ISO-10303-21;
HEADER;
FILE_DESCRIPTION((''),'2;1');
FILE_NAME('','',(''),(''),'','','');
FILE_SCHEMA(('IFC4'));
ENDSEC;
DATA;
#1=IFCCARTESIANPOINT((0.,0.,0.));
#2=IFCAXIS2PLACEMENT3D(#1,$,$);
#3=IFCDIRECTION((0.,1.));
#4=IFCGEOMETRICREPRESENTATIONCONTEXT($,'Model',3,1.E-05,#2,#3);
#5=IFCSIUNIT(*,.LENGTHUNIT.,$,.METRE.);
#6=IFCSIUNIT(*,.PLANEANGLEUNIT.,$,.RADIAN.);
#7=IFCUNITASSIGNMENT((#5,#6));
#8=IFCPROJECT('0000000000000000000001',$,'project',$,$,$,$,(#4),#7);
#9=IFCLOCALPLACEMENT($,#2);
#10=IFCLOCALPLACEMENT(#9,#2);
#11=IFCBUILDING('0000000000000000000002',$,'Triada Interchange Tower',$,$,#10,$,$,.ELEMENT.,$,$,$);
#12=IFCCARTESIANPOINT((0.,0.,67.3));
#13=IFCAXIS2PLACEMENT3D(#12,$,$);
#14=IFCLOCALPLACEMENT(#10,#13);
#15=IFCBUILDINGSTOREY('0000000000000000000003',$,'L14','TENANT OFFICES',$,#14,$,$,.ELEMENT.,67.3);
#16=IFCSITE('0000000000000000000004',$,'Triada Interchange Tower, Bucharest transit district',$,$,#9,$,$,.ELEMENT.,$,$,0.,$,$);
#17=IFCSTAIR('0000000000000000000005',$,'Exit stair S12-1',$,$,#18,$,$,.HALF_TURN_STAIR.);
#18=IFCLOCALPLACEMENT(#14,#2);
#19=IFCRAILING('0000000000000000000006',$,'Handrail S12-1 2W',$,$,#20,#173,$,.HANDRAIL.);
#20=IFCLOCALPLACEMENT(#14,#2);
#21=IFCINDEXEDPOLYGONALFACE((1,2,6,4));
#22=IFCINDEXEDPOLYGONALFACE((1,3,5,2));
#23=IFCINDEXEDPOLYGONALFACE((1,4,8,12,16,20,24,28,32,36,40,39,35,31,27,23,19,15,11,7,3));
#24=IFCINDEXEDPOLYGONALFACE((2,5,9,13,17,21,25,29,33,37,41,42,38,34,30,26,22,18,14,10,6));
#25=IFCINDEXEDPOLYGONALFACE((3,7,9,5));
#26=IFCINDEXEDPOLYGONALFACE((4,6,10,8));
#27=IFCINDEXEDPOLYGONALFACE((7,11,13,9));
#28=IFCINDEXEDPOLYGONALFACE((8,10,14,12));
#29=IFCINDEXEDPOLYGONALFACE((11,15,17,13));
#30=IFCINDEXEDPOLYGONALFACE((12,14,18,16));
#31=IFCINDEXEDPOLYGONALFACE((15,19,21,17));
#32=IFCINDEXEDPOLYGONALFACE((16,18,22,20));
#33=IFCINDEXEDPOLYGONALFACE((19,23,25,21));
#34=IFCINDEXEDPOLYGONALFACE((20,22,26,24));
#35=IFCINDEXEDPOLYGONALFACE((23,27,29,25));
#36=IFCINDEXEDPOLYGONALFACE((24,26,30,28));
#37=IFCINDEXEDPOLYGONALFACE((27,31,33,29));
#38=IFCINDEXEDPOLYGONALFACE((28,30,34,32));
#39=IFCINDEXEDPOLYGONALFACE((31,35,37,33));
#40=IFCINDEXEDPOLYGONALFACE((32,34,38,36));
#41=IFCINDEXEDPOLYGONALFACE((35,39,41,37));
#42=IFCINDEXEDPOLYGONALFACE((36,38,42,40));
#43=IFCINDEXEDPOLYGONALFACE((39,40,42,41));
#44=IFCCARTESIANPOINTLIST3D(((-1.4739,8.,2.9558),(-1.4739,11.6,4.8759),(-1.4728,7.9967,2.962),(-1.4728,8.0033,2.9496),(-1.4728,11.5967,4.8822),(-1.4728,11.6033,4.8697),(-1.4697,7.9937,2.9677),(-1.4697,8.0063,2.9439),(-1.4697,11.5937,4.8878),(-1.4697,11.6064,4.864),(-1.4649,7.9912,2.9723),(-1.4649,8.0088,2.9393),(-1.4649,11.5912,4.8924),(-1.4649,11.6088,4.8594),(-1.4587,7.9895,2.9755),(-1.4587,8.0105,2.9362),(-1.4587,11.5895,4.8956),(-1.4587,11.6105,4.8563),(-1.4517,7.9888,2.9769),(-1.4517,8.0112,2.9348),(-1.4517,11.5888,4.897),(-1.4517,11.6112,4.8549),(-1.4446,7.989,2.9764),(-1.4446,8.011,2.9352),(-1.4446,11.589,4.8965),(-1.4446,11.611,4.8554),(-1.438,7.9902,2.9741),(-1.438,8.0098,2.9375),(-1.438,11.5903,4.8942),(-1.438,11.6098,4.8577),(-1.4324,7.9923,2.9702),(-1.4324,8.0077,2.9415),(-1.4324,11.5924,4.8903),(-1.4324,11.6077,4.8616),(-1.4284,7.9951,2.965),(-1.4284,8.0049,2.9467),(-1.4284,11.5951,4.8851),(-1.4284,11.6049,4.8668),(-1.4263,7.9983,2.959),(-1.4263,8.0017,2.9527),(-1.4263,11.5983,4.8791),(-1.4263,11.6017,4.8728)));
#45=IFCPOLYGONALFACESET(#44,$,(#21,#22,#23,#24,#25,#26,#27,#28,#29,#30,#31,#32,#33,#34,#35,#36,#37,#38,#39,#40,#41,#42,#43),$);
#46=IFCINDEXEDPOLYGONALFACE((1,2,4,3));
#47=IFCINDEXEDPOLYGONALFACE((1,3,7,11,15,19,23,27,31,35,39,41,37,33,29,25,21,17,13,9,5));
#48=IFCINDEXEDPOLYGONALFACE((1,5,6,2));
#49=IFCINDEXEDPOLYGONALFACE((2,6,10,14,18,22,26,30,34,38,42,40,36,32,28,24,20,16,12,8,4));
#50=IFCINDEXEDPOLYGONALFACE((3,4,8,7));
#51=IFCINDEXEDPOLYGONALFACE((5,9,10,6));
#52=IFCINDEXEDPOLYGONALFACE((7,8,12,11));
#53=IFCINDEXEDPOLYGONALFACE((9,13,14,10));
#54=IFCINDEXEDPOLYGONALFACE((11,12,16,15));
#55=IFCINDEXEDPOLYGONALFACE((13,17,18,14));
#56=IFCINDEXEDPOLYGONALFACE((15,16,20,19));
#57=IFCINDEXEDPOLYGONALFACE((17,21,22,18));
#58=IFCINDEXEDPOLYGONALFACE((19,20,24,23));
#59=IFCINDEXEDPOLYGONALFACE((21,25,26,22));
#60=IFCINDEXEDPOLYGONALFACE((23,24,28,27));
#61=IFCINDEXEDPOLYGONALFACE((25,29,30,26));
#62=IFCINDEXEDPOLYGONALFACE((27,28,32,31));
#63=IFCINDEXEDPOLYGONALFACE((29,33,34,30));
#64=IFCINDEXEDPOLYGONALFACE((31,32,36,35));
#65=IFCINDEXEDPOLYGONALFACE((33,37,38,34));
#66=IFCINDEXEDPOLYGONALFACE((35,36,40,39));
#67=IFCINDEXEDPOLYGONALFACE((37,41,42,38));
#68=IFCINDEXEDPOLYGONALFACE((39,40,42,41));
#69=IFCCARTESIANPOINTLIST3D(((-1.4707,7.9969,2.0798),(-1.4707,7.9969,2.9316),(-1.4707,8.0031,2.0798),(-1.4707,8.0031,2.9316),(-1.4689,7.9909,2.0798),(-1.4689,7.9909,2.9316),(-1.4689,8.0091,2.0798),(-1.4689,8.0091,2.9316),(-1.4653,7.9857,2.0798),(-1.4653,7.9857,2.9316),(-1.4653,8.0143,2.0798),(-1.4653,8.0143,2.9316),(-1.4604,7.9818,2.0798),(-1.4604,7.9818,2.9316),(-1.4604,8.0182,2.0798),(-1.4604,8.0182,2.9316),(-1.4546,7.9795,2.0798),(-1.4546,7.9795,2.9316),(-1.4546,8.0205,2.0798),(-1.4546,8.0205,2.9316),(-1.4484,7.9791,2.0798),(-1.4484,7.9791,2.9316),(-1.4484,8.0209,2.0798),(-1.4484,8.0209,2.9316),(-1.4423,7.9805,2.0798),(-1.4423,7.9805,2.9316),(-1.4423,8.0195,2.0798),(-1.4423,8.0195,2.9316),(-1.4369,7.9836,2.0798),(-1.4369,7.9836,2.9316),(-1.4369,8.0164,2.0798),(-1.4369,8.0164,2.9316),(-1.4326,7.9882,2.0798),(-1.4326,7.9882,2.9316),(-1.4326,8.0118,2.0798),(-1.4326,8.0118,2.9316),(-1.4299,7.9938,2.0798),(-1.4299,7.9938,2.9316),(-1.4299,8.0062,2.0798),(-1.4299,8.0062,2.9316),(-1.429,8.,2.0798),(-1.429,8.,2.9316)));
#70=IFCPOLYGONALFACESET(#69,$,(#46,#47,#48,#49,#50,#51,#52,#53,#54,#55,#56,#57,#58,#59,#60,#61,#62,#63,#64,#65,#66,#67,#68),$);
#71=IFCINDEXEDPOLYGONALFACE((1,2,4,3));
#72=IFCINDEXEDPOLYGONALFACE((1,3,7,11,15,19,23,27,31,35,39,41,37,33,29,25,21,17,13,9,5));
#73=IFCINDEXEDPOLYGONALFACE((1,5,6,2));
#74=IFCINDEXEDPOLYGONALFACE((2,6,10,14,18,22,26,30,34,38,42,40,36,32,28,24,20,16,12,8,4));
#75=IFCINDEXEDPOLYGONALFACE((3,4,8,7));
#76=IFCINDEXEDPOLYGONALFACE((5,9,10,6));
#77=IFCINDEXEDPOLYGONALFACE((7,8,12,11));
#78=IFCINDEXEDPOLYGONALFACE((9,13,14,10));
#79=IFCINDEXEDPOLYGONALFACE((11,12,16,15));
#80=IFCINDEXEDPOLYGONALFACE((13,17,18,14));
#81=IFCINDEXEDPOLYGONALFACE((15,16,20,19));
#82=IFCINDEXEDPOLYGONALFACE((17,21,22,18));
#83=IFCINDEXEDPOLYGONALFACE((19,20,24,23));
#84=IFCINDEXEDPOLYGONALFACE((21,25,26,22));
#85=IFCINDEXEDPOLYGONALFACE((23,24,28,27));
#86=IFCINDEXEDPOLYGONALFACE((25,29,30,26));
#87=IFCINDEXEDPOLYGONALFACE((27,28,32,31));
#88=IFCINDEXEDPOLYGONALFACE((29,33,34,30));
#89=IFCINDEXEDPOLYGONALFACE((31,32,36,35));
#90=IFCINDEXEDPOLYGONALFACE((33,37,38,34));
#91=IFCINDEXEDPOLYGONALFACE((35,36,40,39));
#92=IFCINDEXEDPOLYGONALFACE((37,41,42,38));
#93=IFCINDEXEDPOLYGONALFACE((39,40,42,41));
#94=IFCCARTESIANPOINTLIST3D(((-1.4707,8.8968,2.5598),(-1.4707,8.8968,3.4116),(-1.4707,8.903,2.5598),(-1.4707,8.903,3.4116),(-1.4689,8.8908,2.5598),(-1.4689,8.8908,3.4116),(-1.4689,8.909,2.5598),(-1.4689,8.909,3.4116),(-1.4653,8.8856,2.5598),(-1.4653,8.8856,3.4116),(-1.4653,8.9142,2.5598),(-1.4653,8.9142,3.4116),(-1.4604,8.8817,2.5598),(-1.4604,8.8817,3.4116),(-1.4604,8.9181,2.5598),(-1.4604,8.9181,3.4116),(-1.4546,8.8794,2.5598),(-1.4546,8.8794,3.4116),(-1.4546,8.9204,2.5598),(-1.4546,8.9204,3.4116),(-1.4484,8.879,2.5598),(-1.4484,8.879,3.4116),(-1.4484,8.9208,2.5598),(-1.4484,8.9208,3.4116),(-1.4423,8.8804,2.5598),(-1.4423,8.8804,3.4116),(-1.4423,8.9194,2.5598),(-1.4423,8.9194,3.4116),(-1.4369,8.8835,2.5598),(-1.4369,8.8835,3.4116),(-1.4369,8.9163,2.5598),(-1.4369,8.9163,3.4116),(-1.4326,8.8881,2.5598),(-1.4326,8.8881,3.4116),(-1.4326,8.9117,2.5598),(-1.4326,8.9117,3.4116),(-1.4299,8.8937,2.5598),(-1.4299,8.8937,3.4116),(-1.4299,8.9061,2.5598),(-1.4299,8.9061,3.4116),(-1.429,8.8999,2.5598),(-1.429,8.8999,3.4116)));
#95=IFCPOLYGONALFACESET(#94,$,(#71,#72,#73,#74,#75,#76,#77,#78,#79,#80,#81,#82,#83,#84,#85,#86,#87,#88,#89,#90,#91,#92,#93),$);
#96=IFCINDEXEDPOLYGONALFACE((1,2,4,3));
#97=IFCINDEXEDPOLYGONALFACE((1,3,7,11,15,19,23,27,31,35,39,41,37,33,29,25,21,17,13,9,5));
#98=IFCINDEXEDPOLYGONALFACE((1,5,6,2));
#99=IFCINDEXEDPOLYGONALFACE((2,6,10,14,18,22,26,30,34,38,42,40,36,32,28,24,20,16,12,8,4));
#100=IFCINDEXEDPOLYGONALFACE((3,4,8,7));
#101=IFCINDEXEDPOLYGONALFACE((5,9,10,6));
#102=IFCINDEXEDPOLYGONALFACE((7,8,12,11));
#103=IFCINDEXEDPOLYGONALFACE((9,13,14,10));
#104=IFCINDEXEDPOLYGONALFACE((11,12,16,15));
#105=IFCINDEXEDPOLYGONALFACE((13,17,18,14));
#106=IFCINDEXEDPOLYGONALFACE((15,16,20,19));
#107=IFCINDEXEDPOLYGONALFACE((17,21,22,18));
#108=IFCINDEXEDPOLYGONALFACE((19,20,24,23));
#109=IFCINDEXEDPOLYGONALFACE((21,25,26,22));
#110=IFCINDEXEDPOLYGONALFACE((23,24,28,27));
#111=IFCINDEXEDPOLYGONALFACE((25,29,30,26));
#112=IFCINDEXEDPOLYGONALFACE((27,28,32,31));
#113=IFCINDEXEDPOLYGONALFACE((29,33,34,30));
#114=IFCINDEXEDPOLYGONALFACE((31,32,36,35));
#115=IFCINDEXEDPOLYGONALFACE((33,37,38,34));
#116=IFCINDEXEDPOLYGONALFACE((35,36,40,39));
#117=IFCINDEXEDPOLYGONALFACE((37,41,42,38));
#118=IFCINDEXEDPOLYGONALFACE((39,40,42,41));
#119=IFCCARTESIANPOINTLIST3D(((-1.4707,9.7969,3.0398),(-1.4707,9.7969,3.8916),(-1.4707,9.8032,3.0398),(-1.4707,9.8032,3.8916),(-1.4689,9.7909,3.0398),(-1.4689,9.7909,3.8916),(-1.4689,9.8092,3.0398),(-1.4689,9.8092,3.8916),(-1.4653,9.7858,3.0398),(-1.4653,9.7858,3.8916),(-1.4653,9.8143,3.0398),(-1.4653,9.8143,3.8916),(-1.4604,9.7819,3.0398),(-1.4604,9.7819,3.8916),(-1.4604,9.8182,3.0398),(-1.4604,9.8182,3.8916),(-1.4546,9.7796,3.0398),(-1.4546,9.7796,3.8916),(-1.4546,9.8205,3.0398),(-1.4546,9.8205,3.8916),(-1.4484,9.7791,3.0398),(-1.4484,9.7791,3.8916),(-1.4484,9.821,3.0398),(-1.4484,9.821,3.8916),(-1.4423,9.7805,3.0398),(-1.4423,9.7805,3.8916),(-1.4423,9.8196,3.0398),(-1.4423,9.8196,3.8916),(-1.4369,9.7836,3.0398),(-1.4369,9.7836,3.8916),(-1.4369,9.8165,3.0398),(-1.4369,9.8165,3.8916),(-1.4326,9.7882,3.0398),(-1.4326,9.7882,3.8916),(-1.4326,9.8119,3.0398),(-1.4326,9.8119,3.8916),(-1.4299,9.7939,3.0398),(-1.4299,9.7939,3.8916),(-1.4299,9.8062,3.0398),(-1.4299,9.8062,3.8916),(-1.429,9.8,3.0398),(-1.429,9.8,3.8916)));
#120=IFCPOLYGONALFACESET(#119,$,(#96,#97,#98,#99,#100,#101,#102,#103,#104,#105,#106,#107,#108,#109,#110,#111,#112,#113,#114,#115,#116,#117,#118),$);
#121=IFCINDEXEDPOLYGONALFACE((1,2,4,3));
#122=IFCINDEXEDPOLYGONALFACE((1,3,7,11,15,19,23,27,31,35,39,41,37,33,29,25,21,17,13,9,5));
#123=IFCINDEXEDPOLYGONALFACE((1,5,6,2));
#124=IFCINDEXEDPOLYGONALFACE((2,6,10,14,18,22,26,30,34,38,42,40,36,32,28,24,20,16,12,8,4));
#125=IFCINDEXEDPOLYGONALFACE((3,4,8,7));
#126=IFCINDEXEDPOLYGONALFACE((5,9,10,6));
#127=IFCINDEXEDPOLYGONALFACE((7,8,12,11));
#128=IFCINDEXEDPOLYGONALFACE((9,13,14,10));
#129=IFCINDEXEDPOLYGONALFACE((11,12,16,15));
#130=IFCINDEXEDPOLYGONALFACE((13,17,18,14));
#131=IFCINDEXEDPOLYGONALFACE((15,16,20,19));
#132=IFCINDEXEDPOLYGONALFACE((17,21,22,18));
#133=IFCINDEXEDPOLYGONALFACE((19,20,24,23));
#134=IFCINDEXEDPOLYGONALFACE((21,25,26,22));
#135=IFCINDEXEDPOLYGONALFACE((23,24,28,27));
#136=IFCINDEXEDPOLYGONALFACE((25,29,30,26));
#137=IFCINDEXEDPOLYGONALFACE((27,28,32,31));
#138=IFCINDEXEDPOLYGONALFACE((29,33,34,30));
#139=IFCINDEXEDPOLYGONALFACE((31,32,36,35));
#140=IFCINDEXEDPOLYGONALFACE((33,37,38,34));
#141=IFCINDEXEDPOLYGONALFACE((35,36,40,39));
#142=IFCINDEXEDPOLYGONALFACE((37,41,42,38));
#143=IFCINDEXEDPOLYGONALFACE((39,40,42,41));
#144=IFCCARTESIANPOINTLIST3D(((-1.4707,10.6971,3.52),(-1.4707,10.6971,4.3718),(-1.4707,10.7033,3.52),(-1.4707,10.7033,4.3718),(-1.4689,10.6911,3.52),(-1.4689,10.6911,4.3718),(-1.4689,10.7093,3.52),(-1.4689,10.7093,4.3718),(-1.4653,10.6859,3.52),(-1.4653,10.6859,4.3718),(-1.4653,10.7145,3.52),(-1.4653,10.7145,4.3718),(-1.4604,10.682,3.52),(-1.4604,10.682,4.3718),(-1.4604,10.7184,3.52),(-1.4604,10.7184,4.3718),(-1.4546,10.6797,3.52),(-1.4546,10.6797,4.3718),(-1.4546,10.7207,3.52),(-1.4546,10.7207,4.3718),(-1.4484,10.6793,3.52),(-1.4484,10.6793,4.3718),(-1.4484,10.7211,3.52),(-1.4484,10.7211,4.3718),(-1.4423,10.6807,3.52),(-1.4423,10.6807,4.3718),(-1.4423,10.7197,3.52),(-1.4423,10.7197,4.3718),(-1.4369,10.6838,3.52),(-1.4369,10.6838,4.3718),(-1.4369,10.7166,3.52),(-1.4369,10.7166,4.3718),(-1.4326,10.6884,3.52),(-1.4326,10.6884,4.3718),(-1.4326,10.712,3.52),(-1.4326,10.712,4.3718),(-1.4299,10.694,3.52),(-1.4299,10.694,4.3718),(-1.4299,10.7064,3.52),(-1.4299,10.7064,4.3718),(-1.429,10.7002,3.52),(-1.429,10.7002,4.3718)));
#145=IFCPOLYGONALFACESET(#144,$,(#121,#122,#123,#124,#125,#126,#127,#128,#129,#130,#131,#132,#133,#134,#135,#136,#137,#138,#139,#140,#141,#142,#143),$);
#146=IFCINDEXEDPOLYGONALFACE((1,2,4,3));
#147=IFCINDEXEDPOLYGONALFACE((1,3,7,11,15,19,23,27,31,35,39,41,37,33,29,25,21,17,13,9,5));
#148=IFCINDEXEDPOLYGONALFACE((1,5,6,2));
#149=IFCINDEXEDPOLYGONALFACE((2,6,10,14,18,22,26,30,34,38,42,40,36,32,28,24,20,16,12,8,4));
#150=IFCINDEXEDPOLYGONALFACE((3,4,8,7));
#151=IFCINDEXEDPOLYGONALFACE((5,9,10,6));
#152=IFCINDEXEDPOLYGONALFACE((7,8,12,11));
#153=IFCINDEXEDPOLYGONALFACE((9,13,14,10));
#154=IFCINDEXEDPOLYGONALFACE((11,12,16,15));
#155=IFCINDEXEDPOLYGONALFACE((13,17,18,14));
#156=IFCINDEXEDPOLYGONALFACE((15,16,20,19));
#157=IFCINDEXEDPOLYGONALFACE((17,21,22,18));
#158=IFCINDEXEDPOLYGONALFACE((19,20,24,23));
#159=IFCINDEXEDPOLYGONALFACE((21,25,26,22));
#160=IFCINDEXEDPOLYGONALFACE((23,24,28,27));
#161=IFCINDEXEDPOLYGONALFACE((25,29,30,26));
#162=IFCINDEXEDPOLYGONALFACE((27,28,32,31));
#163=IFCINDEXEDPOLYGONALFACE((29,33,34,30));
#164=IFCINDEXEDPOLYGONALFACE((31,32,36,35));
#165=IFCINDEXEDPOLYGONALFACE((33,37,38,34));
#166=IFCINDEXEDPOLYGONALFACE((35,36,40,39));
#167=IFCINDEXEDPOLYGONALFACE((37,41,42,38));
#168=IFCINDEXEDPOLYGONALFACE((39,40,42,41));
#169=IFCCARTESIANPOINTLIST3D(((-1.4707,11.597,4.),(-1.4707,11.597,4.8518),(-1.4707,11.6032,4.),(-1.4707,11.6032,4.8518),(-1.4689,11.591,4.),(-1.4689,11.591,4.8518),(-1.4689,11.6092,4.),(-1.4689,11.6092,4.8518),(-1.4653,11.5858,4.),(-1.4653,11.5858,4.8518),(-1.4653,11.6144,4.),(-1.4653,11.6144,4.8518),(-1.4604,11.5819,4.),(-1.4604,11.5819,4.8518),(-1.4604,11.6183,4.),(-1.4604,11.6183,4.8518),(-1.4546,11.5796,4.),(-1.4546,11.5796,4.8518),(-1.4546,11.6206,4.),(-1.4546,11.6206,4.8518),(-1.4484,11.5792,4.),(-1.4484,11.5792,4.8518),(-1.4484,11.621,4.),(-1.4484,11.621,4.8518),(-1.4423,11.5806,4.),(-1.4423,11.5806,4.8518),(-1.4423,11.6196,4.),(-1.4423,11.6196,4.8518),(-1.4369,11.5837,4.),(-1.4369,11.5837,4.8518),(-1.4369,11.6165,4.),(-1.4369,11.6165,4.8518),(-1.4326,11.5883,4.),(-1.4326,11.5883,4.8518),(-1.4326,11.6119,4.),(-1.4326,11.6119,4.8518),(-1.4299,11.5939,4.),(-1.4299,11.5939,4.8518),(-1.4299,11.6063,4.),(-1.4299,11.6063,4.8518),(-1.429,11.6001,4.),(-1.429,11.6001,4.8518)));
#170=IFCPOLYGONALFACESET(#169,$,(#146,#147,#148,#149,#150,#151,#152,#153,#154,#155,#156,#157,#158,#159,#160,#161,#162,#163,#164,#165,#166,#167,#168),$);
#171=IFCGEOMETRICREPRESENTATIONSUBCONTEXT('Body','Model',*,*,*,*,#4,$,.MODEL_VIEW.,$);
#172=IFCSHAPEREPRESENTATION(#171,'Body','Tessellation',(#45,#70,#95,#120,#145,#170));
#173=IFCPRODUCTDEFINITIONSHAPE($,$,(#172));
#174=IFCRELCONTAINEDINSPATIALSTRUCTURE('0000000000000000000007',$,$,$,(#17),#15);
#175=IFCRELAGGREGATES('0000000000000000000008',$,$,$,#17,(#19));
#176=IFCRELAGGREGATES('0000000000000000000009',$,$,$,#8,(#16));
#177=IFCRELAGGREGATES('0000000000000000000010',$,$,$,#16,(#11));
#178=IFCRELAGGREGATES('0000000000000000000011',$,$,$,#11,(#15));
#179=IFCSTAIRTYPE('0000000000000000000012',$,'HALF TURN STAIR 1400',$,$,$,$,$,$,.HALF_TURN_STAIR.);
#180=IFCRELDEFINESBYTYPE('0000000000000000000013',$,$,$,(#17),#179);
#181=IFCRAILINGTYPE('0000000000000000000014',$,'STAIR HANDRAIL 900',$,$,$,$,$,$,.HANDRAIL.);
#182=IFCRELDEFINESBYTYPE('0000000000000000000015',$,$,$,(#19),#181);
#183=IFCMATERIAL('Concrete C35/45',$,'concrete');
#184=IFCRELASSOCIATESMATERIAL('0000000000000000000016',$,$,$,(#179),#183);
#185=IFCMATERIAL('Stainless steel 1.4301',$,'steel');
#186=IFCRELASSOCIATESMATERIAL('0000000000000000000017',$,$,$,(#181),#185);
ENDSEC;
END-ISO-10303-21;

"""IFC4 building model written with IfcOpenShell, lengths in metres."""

from ifc_helpers import new_model, si_unit, direction, frame, origin, origin_2d, place, context, subcontext, project, spatial, circle, extrude, material, type_object, element, aggregate, save


model = new_model("IFC4")

# Units and contexts
model_context = context("Model", 3, precision=1e-05, world=origin(), true_north=direction((0.0, 1.0)))
body_context = subcontext(model_context, "Body", "Model", "MODEL_VIEW")
ifc_project = project(units=[si_unit("LENGTHUNIT", "METRE"), si_unit("PLANEANGLEUNIT", "RADIAN")], contexts=[model_context])

# Site, building, storey
site_placement = place(None, origin())
site = spatial("IfcSite", under=ifc_project, at=site_placement, Name="Triada Interchange Tower, Bucharest transit district", CompositionType="ELEMENT", RefElevation=0.0)
building_placement = place(site_placement, origin())
building = spatial("IfcBuilding", under=site, at=building_placement, Name="Triada Interchange Tower", CompositionType="ELEMENT")
storey_placement = place(building_placement, frame((0.0, 0.0, 67.3)))
storey = spatial("IfcBuildingStorey", under=building, at=storey_placement, Name="L14", Description="TENANT OFFICES", CompositionType="ELEMENT", Elevation=67.3)

# Stair, railing
ifc_material_1 = material(Name="Concrete C35/45", Category="concrete")
stair_type = type_object("IfcStairType", Name="HALF TURN STAIR 1400", PredefinedType="HALF_TURN_STAIR", material=ifc_material_1)
stair_placement = place(storey_placement, origin())
stair = element("IfcStair", 1, at=stair_placement, inside=storey, type_object=stair_type, Name="Exit stair S12-1", PredefinedType="HALF_TURN_STAIR")
ifc_material_2 = material(Name="Stainless steel 1.4301", Category="steel")
railing_type = type_object("IfcRailingType", Name="STAIR HANDRAIL 900", PredefinedType="HANDRAIL", material=ifc_material_2)
railing_placement = place(storey_placement, frame((-1.45, 8.0, 2.0798)))
railing = element("IfcRailing", 2, at=railing_placement, type_object=railing_type, Name="Handrail S12-1 2W", PredefinedType="HANDRAIL", context=body_context, shape_type="SweptSolid", body=[
    extrude(circle(Radius=0.0239, at=origin_2d()), frame((0.0, 0.0, 0.876), z_axis=(0.0, 0.882341, 0.47061), x_axis=(-1.0, 0.0, 0.0)), (0.0, 0.0, 1.0), 4.0801),
    extrude(circle(Radius=0.021, at=origin_2d()), origin(), (0.0, 0.0, 1.0), 0.8518),
    extrude(circle(Radius=0.021, at=origin_2d()), frame((0.0, 0.8999, 0.48)), (0.0, 0.0, 1.0), 0.8518),
    extrude(circle(Radius=0.021, at=origin_2d()), frame((0.0, 1.8, 0.96)), (0.0, 0.0, 1.0), 0.8518),
    extrude(circle(Radius=0.021, at=origin_2d()), frame((0.0, 2.7002, 1.4402)), (0.0, 0.0, 1.0), 0.8518),
    extrude(circle(Radius=0.021, at=origin_2d()), frame((0.0, 3.6001, 1.9202)), (0.0, 0.0, 1.0), 0.8518),
])
aggregate(stair, [railing])

save(model, "model.ifc")
